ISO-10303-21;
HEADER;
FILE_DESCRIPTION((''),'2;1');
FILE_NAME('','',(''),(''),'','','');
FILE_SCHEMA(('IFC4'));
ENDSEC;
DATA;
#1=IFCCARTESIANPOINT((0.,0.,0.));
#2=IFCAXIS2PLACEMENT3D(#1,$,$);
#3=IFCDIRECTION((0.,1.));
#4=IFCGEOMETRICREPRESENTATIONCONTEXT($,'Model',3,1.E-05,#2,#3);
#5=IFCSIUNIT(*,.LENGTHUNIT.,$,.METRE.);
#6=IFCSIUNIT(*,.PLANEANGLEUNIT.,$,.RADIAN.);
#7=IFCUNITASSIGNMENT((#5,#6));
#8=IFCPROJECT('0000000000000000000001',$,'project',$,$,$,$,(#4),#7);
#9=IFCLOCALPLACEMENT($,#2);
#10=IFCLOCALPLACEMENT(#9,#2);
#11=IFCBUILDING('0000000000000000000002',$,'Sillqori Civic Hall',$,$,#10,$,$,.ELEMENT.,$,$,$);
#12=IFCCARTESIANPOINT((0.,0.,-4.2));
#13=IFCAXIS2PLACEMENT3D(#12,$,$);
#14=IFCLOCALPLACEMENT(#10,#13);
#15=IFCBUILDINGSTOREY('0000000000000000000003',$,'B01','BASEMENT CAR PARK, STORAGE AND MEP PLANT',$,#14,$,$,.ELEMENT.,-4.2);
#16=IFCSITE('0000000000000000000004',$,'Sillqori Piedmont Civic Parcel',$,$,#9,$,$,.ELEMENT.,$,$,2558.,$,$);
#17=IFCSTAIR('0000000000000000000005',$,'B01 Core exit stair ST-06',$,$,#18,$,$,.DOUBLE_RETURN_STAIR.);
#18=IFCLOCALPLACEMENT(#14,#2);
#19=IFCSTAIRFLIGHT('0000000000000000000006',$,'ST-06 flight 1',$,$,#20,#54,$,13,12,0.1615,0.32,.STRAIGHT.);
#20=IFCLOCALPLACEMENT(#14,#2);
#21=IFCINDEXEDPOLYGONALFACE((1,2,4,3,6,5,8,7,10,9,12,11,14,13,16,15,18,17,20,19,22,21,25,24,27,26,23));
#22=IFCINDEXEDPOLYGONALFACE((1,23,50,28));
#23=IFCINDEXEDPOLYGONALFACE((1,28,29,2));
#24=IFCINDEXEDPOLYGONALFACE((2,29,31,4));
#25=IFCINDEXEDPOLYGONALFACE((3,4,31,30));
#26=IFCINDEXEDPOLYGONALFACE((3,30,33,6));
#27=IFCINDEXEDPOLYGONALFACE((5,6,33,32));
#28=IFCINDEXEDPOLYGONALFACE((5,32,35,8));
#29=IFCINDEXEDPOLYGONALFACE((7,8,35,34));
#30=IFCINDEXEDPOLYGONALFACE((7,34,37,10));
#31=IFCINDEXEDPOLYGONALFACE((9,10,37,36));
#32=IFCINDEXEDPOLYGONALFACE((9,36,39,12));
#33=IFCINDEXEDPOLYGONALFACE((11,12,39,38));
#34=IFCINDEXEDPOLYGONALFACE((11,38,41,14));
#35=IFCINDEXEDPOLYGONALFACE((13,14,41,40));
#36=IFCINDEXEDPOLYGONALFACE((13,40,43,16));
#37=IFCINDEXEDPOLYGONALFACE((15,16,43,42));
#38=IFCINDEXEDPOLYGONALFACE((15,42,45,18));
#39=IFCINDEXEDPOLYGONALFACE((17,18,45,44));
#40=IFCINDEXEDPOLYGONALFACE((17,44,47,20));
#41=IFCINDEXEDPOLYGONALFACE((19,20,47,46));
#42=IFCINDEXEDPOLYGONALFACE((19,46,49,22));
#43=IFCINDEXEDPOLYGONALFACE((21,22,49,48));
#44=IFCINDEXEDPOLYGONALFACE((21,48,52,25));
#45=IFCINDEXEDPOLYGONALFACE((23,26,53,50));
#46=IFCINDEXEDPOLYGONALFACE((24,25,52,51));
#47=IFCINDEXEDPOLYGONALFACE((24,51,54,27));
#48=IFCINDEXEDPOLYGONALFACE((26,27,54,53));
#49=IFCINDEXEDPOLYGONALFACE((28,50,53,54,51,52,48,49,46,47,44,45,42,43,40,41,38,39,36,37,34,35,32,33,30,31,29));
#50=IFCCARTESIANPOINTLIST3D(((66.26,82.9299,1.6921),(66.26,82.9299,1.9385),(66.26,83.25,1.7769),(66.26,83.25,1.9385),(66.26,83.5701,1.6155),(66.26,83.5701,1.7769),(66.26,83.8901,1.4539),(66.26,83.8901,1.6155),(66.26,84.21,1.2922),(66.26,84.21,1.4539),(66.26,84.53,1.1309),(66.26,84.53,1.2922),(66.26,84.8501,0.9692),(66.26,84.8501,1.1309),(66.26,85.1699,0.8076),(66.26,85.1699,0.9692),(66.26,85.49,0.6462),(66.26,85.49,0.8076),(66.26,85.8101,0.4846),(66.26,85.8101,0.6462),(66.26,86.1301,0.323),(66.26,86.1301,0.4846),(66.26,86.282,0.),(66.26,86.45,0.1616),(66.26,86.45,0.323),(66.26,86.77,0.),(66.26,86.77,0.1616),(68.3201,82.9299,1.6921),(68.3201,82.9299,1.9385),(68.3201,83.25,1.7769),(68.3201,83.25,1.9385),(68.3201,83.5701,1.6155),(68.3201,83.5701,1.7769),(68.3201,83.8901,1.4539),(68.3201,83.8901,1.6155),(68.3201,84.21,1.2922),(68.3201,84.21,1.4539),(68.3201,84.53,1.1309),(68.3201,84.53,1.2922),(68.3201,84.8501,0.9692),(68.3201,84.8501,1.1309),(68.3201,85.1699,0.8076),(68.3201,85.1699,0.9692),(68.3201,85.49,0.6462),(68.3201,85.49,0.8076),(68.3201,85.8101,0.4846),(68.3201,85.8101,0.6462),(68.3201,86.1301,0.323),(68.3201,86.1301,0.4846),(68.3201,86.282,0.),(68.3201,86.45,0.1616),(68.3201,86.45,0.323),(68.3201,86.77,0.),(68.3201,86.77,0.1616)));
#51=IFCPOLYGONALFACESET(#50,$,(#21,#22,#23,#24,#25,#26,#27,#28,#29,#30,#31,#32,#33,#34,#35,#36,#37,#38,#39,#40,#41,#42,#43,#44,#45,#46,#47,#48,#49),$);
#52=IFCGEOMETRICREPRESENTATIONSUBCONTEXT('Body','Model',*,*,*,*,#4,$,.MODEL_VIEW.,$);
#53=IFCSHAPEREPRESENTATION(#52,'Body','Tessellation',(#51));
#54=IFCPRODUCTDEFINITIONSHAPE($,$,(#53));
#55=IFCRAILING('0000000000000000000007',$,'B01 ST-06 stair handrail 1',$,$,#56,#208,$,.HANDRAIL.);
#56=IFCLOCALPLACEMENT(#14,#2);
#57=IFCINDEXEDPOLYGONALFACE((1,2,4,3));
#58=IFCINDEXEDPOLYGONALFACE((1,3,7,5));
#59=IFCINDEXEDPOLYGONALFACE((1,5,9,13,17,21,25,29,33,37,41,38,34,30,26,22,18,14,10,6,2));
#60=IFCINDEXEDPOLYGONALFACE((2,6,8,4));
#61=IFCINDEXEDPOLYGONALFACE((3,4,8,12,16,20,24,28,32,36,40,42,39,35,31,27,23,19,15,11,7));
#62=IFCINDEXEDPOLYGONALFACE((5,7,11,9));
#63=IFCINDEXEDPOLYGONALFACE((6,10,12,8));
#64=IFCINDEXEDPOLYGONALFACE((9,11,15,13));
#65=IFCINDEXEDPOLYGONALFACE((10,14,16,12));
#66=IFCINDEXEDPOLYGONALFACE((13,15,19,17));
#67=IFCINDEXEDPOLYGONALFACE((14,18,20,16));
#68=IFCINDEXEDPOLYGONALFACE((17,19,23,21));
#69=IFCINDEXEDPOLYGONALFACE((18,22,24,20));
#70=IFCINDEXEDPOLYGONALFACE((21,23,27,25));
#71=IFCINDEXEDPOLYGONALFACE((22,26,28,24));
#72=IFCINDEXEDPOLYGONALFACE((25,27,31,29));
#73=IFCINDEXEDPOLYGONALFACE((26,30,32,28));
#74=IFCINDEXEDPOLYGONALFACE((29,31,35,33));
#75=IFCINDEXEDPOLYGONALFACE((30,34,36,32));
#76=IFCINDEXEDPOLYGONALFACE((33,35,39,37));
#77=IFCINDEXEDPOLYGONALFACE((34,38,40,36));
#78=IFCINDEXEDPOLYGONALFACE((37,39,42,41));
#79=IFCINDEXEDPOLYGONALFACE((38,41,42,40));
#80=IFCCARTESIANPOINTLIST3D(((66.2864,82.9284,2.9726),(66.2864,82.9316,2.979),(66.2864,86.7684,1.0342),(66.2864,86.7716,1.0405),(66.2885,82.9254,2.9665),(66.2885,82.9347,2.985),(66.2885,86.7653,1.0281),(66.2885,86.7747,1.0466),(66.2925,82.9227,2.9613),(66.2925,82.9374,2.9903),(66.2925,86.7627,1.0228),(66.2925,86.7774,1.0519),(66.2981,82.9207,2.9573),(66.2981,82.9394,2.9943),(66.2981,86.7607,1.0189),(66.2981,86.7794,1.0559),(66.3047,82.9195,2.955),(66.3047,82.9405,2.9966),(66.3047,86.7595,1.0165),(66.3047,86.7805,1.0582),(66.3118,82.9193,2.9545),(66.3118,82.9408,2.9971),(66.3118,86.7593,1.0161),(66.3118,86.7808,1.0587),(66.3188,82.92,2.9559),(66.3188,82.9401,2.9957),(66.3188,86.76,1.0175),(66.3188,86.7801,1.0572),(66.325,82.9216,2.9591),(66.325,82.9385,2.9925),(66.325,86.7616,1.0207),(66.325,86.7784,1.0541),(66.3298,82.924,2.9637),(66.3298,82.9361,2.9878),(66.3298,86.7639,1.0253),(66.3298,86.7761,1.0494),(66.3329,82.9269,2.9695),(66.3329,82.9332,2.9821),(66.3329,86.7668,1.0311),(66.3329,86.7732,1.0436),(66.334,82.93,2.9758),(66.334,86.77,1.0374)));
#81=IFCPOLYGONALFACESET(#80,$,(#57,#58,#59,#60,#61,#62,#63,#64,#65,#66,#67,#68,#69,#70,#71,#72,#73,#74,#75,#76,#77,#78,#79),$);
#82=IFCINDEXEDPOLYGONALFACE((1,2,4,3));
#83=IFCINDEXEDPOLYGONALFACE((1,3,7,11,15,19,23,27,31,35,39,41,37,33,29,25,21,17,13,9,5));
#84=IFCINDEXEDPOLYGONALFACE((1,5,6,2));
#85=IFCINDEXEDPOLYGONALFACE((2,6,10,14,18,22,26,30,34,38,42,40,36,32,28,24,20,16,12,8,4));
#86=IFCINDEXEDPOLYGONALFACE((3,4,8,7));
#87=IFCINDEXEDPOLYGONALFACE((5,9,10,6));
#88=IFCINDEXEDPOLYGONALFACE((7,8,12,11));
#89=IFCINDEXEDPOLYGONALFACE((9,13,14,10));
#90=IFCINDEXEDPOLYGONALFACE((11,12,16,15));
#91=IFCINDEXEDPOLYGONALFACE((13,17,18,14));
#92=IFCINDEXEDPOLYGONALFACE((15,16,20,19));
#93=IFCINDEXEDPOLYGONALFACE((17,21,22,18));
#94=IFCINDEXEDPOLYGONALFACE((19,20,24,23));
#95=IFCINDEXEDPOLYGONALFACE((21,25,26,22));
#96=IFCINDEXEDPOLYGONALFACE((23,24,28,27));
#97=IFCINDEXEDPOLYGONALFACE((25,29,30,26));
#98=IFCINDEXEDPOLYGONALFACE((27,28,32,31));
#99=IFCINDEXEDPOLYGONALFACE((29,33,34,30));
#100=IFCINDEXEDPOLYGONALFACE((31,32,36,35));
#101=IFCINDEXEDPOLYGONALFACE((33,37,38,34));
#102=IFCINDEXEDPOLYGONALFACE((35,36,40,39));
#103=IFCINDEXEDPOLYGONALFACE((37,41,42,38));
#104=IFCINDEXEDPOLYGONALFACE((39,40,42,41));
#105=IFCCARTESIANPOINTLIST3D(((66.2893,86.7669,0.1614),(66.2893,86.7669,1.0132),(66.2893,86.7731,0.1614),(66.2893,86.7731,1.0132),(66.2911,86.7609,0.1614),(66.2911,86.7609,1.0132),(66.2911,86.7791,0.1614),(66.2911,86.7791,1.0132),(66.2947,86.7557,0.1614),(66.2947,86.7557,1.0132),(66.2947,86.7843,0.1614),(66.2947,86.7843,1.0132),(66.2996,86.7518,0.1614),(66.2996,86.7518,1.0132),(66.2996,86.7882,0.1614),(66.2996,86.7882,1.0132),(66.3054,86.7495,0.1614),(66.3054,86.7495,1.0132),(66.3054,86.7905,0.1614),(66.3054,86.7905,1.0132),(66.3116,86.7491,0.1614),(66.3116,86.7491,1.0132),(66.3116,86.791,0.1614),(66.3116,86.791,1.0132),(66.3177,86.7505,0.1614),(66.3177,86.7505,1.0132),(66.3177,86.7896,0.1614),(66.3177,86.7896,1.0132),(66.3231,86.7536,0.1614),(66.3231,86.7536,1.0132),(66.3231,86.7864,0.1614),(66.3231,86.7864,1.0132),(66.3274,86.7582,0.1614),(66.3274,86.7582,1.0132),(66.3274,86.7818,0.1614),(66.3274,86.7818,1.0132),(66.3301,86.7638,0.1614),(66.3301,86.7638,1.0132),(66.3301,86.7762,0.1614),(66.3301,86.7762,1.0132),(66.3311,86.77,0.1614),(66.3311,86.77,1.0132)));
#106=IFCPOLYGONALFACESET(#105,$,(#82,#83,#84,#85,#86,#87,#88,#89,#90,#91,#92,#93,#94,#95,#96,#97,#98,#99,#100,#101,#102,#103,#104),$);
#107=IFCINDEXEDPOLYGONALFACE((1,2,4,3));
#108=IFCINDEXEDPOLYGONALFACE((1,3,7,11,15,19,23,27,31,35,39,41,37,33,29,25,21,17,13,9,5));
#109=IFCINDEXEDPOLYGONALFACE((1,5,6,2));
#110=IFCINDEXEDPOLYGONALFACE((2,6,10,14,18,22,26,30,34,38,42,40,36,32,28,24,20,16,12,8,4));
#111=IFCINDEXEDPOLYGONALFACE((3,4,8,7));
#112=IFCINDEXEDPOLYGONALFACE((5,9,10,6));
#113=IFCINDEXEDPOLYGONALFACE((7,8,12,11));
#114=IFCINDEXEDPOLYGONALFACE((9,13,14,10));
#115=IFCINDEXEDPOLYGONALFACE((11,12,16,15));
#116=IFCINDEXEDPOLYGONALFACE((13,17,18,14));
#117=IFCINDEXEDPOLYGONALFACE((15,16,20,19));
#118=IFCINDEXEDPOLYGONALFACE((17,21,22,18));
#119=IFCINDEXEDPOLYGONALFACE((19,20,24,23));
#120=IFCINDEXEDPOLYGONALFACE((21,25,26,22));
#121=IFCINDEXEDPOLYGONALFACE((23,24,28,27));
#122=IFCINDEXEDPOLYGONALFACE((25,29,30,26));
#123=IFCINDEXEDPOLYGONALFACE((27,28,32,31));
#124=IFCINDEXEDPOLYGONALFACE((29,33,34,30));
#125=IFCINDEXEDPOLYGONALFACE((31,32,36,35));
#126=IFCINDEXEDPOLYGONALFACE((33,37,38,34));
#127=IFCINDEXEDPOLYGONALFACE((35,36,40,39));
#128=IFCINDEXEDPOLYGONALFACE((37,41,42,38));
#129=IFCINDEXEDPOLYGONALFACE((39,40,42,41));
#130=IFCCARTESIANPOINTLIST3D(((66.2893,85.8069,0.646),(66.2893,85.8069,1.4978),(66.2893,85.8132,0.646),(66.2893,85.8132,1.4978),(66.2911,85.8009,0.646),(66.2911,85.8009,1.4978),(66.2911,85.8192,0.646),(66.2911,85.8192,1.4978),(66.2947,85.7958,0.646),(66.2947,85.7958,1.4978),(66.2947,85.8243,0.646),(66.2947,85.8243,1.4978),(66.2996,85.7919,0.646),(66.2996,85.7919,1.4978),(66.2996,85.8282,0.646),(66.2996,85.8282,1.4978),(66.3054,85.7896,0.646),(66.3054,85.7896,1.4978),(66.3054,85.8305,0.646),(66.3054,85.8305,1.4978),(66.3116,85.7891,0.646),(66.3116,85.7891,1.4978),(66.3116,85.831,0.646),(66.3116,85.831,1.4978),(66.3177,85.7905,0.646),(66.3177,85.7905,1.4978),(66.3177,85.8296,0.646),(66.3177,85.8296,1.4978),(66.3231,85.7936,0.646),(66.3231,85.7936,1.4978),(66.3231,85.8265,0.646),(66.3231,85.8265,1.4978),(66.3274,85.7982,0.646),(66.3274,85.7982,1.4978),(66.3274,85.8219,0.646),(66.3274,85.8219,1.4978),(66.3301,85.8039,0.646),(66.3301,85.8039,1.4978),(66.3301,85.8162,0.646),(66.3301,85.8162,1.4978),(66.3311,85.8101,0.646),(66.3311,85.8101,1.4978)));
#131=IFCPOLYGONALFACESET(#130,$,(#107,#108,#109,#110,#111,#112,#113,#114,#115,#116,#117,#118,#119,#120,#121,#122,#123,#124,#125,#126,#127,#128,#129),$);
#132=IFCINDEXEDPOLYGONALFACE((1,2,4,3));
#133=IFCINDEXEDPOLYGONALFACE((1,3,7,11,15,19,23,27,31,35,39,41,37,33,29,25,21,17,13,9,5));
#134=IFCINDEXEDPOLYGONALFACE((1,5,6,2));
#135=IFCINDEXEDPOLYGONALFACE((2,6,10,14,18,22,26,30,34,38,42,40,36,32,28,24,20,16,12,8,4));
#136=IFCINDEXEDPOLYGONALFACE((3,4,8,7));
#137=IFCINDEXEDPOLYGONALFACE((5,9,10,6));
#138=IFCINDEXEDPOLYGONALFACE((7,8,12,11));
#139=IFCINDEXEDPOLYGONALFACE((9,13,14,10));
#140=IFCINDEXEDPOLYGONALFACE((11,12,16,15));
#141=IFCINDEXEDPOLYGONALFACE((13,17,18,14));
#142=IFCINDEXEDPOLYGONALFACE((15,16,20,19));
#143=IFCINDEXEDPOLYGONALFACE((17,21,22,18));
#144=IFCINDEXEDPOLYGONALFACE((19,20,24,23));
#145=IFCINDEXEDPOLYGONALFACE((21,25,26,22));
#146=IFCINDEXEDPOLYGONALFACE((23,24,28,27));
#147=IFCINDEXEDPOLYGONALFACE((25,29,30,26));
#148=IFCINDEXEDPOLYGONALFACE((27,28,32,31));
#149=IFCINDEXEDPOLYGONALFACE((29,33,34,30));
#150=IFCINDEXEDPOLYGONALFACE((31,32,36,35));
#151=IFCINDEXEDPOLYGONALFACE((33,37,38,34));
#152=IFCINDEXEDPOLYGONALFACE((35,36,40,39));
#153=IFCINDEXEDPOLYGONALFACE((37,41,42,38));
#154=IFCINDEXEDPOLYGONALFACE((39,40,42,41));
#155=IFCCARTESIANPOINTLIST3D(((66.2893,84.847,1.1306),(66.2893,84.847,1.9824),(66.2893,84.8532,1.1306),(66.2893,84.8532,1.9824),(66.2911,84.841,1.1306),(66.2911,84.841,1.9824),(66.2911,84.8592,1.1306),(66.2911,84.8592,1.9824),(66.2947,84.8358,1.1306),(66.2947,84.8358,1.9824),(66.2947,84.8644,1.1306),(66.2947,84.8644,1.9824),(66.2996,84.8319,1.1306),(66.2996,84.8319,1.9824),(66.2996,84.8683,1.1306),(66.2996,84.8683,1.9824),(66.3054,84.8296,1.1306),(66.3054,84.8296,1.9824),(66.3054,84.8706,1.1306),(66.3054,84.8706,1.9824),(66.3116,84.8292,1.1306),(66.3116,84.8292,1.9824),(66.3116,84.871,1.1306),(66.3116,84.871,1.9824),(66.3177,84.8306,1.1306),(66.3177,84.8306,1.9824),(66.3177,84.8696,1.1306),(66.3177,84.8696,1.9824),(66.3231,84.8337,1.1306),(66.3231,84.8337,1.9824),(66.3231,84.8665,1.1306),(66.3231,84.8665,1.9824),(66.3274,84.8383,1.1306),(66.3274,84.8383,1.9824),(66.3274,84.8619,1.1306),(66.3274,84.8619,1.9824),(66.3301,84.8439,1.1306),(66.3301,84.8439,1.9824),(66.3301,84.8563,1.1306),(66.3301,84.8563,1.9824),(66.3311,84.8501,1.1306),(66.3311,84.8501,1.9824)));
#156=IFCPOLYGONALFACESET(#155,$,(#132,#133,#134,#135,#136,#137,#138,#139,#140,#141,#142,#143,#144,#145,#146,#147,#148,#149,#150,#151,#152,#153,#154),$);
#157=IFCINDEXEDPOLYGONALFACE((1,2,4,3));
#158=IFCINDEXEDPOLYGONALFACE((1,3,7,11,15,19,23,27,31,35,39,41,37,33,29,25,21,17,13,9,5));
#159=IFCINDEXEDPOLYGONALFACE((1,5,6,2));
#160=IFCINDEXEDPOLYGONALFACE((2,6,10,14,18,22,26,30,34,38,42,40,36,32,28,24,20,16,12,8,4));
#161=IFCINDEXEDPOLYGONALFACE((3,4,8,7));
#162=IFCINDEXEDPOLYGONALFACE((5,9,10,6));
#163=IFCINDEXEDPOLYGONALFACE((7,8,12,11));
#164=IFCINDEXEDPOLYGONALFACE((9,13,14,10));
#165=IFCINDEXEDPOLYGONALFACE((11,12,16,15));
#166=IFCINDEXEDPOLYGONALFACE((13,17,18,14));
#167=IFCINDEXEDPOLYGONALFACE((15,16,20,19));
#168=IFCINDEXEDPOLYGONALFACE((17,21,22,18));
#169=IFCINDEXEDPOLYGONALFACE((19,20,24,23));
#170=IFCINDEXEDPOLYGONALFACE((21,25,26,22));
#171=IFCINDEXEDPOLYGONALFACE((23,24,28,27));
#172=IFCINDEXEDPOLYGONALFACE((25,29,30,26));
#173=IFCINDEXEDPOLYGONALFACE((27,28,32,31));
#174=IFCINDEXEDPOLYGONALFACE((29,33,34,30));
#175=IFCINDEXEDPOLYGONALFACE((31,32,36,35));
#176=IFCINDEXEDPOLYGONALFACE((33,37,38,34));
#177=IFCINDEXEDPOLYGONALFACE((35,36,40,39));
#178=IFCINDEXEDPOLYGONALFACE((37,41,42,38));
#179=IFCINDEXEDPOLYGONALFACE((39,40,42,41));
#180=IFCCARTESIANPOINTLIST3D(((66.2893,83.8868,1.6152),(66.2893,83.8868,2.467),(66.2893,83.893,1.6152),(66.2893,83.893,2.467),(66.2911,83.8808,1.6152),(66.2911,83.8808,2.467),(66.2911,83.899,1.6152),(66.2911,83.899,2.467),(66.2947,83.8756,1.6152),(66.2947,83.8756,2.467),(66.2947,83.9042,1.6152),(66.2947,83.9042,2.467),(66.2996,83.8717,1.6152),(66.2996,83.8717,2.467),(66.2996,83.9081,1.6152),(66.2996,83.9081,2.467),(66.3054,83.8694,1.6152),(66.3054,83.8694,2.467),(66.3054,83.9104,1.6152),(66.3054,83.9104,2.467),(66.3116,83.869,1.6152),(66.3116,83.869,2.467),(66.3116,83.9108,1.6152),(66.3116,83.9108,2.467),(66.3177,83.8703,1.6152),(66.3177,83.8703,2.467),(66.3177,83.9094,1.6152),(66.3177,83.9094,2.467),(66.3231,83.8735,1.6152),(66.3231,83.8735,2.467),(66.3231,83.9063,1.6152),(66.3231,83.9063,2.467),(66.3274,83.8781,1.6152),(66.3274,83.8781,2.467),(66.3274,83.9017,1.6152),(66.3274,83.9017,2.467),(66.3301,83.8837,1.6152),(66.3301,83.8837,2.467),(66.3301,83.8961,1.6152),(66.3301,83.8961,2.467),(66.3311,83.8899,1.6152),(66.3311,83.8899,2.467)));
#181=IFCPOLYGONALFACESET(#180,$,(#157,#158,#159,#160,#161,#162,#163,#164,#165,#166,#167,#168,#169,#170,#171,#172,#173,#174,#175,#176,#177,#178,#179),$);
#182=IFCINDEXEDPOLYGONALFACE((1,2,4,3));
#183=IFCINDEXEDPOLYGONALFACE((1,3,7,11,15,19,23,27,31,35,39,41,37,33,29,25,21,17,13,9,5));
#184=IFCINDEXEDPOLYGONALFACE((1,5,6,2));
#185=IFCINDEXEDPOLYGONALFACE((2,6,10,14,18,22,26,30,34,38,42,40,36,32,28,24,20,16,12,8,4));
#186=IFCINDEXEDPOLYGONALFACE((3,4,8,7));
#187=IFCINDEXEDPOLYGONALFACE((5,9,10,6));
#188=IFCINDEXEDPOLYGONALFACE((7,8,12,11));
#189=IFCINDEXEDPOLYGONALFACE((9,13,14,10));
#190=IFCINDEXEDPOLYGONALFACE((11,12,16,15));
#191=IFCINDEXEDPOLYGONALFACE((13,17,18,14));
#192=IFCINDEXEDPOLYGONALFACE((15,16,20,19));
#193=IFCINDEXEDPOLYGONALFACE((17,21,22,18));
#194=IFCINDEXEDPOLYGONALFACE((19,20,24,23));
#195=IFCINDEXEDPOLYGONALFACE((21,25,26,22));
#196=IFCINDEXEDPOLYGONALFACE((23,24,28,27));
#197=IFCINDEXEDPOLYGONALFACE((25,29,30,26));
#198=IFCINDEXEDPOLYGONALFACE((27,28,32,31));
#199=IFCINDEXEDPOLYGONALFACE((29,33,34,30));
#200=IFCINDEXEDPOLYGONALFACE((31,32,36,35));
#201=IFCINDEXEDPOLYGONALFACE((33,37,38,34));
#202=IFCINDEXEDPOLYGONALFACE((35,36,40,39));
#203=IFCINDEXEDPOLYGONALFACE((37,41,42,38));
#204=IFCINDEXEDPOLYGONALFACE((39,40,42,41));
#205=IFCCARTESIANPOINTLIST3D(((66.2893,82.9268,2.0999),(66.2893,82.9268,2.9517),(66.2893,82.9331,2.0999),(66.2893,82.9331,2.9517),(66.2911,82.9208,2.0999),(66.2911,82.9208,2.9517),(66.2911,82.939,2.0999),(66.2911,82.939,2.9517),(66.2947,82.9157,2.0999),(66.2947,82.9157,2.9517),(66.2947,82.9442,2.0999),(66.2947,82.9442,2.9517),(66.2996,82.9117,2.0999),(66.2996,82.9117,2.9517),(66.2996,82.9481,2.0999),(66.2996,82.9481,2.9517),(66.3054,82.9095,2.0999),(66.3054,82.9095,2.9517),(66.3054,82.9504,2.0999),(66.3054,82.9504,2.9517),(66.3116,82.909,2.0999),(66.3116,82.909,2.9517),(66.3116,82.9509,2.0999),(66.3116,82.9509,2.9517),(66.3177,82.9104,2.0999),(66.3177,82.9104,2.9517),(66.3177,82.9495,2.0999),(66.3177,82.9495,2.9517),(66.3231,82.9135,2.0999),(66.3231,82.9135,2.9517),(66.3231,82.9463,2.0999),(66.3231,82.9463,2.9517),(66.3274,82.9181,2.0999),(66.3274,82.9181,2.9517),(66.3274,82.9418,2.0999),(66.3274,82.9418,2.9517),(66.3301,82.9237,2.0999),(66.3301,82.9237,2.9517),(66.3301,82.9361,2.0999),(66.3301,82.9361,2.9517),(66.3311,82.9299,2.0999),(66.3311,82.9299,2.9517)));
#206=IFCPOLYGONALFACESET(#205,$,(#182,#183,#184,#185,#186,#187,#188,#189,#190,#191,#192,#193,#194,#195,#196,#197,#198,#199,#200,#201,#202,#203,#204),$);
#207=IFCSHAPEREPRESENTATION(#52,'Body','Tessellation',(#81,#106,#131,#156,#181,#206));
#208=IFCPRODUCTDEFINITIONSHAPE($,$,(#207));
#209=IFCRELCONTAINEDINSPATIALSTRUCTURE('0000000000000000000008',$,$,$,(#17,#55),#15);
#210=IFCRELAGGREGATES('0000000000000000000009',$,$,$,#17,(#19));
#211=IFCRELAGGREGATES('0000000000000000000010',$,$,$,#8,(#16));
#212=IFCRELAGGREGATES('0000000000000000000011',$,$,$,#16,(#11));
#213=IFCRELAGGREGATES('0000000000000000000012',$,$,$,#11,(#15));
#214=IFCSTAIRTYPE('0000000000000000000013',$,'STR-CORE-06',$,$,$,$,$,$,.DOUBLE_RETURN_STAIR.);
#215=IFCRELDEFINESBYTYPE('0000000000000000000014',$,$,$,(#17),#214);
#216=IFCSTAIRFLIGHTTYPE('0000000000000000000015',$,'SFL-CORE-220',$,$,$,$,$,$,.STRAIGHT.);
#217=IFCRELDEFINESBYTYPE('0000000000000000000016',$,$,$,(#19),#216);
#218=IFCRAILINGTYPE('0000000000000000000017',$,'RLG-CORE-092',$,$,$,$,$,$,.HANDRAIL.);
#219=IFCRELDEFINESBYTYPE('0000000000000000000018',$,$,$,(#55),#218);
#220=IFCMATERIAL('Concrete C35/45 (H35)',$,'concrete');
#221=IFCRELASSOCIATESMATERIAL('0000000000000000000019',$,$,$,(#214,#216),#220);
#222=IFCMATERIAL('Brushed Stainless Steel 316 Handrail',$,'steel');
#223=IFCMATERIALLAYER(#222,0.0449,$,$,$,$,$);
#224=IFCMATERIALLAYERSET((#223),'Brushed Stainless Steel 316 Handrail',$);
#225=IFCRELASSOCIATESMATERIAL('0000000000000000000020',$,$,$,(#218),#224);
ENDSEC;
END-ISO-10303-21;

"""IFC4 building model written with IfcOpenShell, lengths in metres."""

from ifc_helpers import new_model, si_unit, direction, frame, origin, origin_2d, place, context, subcontext, project, spatial, polyline, circle, outline, extrude, material, layer, layer_set, type_object, element, aggregate, save


model = new_model("IFC4")

# Units and contexts
model_context = context("Model", 3, precision=1e-05, world=origin(), true_north=direction((0.0, 1.0)))
body_context = subcontext(model_context, "Body", "Model", "MODEL_VIEW")
ifc_project = project(units=[si_unit("LENGTHUNIT", "METRE"), si_unit("PLANEANGLEUNIT", "RADIAN")], contexts=[model_context])

# Site, building, storey
site_placement = place(None, origin())
site = spatial("IfcSite", under=ifc_project, at=site_placement, Name="Sillqori Piedmont Civic Parcel", CompositionType="ELEMENT", RefElevation=2558.0)
building_placement = place(site_placement, origin())
building = spatial("IfcBuilding", under=site, at=building_placement, Name="Sillqori Civic Hall", CompositionType="ELEMENT")
storey_placement = place(building_placement, frame((0.0, 0.0, -4.2)))
storey = spatial("IfcBuildingStorey", under=building, at=storey_placement, Name="B01", Description="BASEMENT CAR PARK, STORAGE AND MEP PLANT", CompositionType="ELEMENT", Elevation=-4.2)

# Shared definitions
ifc_material_1 = material(Name="Concrete C35/45 (H35)", Category="concrete")

# Stair, stair flight
stair_type = type_object("IfcStairType", Name="STR-CORE-06", PredefinedType="DOUBLE_RETURN_STAIR", material=ifc_material_1)
stair_placement = place(storey_placement, origin())
stair = element("IfcStair", 1, at=stair_placement, inside=storey, type_object=stair_type, Name="B01 Core exit stair ST-06", PredefinedType="DOUBLE_RETURN_STAIR")
stair_flight_type = type_object("IfcStairFlightType", Name="SFL-CORE-220", PredefinedType="STRAIGHT", material=ifc_material_1)
stair_flight_placement = place(storey_placement, frame((67.29, 86.77, 0.0), z_axis=(0.0, 0.0, 1.0), x_axis=(0.0, -1.0, 0.0)))
stair_flight = element("IfcStairFlight", 2, at=stair_flight_placement, type_object=stair_flight_type, Name="ST-06 flight 1", NumberOfRisers=13, NumberOfTreads=12, PredefinedType="STRAIGHT", RiserHeight=0.1615, TreadLength=0.32, context=body_context, shape_type="SweptSolid", body=[
    extrude(outline(polyline([(0.0, 0.0), (0.0, 0.1616), (0.3201, 0.1616), (0.3201, 0.323), (0.6399, 0.323), (0.6399, 0.4846), (0.96, 0.4846), (0.96, 0.6462), (1.28, 0.6462), (1.28, 0.8076), (1.6001, 0.8076), (1.6001, 0.9692), (1.9199, 0.9692), (1.9199, 1.1309), (2.24, 1.1309), (2.24, 1.2922), (2.5601, 1.2922), (2.5601, 1.4539), (2.8799, 1.4539), (2.8799, 1.6155), (3.2, 1.6155), (3.2, 1.7769), (3.52, 1.7769), (3.52, 1.9385), (3.8401, 1.9385), (3.8401, 2.1001), (3.8401, 1.6921), (0.488, 0.0), (0.0, 0.0)])), frame((0.0, 1.03, 0.0), z_axis=(0.0, -1.0, 0.0), x_axis=(1.0, 0.0, 0.0)), (0.0, 0.0, 1.0), 2.0601),
])
aggregate(stair, [stair_flight])

# Railing
ifc_material_2 = material(Name="Brushed Stainless Steel 316 Handrail", Category="steel")
ifc_layer_1 = layer(ifc_material_2, 0.0449)
ifc_layer_set_1 = layer_set([ifc_layer_1], Name="Brushed Stainless Steel 316 Handrail")
railing_type_1 = type_object("IfcRailingType", Name="RLG-CORE-092", PredefinedType="HANDRAIL", material=ifc_layer_set_1)
railing_1_placement = place(storey_placement, frame((66.3101, 86.77, 0.1614)))
element("IfcRailing", 3, at=railing_1_placement, inside=storey, type_object=railing_type_1, Name="B01 ST-06 stair handrail 1", PredefinedType="HANDRAIL", context=body_context, shape_type="SweptSolid", body=[
    extrude(circle(Radius=0.0239, at=origin_2d()), frame((0.0, 0.0, 0.876), z_axis=(0.0, -0.892707, 0.450638), x_axis=(1.0, 0.0, 0.0)), (0.0, 0.0, 1.0), 4.3015),
    extrude(circle(Radius=0.021, at=origin_2d()), origin(), (0.0, 0.0, 1.0), 0.8518),
    extrude(circle(Radius=0.021, at=origin_2d()), frame((0.0, -0.96, 0.4846)), (0.0, 0.0, 1.0), 0.8518),
    extrude(circle(Radius=0.021, at=origin_2d()), frame((0.0, -1.9199, 0.9692)), (0.0, 0.0, 1.0), 0.8518),
    extrude(circle(Radius=0.021, at=origin_2d()), frame((0.0, -2.8801, 1.4539)), (0.0, 0.0, 1.0), 0.8518),
    extrude(circle(Radius=0.021, at=origin_2d()), frame((0.0, -3.8401, 1.9385)), (0.0, 0.0, 1.0), 0.8518),
])

save(model, "model.ifc")
